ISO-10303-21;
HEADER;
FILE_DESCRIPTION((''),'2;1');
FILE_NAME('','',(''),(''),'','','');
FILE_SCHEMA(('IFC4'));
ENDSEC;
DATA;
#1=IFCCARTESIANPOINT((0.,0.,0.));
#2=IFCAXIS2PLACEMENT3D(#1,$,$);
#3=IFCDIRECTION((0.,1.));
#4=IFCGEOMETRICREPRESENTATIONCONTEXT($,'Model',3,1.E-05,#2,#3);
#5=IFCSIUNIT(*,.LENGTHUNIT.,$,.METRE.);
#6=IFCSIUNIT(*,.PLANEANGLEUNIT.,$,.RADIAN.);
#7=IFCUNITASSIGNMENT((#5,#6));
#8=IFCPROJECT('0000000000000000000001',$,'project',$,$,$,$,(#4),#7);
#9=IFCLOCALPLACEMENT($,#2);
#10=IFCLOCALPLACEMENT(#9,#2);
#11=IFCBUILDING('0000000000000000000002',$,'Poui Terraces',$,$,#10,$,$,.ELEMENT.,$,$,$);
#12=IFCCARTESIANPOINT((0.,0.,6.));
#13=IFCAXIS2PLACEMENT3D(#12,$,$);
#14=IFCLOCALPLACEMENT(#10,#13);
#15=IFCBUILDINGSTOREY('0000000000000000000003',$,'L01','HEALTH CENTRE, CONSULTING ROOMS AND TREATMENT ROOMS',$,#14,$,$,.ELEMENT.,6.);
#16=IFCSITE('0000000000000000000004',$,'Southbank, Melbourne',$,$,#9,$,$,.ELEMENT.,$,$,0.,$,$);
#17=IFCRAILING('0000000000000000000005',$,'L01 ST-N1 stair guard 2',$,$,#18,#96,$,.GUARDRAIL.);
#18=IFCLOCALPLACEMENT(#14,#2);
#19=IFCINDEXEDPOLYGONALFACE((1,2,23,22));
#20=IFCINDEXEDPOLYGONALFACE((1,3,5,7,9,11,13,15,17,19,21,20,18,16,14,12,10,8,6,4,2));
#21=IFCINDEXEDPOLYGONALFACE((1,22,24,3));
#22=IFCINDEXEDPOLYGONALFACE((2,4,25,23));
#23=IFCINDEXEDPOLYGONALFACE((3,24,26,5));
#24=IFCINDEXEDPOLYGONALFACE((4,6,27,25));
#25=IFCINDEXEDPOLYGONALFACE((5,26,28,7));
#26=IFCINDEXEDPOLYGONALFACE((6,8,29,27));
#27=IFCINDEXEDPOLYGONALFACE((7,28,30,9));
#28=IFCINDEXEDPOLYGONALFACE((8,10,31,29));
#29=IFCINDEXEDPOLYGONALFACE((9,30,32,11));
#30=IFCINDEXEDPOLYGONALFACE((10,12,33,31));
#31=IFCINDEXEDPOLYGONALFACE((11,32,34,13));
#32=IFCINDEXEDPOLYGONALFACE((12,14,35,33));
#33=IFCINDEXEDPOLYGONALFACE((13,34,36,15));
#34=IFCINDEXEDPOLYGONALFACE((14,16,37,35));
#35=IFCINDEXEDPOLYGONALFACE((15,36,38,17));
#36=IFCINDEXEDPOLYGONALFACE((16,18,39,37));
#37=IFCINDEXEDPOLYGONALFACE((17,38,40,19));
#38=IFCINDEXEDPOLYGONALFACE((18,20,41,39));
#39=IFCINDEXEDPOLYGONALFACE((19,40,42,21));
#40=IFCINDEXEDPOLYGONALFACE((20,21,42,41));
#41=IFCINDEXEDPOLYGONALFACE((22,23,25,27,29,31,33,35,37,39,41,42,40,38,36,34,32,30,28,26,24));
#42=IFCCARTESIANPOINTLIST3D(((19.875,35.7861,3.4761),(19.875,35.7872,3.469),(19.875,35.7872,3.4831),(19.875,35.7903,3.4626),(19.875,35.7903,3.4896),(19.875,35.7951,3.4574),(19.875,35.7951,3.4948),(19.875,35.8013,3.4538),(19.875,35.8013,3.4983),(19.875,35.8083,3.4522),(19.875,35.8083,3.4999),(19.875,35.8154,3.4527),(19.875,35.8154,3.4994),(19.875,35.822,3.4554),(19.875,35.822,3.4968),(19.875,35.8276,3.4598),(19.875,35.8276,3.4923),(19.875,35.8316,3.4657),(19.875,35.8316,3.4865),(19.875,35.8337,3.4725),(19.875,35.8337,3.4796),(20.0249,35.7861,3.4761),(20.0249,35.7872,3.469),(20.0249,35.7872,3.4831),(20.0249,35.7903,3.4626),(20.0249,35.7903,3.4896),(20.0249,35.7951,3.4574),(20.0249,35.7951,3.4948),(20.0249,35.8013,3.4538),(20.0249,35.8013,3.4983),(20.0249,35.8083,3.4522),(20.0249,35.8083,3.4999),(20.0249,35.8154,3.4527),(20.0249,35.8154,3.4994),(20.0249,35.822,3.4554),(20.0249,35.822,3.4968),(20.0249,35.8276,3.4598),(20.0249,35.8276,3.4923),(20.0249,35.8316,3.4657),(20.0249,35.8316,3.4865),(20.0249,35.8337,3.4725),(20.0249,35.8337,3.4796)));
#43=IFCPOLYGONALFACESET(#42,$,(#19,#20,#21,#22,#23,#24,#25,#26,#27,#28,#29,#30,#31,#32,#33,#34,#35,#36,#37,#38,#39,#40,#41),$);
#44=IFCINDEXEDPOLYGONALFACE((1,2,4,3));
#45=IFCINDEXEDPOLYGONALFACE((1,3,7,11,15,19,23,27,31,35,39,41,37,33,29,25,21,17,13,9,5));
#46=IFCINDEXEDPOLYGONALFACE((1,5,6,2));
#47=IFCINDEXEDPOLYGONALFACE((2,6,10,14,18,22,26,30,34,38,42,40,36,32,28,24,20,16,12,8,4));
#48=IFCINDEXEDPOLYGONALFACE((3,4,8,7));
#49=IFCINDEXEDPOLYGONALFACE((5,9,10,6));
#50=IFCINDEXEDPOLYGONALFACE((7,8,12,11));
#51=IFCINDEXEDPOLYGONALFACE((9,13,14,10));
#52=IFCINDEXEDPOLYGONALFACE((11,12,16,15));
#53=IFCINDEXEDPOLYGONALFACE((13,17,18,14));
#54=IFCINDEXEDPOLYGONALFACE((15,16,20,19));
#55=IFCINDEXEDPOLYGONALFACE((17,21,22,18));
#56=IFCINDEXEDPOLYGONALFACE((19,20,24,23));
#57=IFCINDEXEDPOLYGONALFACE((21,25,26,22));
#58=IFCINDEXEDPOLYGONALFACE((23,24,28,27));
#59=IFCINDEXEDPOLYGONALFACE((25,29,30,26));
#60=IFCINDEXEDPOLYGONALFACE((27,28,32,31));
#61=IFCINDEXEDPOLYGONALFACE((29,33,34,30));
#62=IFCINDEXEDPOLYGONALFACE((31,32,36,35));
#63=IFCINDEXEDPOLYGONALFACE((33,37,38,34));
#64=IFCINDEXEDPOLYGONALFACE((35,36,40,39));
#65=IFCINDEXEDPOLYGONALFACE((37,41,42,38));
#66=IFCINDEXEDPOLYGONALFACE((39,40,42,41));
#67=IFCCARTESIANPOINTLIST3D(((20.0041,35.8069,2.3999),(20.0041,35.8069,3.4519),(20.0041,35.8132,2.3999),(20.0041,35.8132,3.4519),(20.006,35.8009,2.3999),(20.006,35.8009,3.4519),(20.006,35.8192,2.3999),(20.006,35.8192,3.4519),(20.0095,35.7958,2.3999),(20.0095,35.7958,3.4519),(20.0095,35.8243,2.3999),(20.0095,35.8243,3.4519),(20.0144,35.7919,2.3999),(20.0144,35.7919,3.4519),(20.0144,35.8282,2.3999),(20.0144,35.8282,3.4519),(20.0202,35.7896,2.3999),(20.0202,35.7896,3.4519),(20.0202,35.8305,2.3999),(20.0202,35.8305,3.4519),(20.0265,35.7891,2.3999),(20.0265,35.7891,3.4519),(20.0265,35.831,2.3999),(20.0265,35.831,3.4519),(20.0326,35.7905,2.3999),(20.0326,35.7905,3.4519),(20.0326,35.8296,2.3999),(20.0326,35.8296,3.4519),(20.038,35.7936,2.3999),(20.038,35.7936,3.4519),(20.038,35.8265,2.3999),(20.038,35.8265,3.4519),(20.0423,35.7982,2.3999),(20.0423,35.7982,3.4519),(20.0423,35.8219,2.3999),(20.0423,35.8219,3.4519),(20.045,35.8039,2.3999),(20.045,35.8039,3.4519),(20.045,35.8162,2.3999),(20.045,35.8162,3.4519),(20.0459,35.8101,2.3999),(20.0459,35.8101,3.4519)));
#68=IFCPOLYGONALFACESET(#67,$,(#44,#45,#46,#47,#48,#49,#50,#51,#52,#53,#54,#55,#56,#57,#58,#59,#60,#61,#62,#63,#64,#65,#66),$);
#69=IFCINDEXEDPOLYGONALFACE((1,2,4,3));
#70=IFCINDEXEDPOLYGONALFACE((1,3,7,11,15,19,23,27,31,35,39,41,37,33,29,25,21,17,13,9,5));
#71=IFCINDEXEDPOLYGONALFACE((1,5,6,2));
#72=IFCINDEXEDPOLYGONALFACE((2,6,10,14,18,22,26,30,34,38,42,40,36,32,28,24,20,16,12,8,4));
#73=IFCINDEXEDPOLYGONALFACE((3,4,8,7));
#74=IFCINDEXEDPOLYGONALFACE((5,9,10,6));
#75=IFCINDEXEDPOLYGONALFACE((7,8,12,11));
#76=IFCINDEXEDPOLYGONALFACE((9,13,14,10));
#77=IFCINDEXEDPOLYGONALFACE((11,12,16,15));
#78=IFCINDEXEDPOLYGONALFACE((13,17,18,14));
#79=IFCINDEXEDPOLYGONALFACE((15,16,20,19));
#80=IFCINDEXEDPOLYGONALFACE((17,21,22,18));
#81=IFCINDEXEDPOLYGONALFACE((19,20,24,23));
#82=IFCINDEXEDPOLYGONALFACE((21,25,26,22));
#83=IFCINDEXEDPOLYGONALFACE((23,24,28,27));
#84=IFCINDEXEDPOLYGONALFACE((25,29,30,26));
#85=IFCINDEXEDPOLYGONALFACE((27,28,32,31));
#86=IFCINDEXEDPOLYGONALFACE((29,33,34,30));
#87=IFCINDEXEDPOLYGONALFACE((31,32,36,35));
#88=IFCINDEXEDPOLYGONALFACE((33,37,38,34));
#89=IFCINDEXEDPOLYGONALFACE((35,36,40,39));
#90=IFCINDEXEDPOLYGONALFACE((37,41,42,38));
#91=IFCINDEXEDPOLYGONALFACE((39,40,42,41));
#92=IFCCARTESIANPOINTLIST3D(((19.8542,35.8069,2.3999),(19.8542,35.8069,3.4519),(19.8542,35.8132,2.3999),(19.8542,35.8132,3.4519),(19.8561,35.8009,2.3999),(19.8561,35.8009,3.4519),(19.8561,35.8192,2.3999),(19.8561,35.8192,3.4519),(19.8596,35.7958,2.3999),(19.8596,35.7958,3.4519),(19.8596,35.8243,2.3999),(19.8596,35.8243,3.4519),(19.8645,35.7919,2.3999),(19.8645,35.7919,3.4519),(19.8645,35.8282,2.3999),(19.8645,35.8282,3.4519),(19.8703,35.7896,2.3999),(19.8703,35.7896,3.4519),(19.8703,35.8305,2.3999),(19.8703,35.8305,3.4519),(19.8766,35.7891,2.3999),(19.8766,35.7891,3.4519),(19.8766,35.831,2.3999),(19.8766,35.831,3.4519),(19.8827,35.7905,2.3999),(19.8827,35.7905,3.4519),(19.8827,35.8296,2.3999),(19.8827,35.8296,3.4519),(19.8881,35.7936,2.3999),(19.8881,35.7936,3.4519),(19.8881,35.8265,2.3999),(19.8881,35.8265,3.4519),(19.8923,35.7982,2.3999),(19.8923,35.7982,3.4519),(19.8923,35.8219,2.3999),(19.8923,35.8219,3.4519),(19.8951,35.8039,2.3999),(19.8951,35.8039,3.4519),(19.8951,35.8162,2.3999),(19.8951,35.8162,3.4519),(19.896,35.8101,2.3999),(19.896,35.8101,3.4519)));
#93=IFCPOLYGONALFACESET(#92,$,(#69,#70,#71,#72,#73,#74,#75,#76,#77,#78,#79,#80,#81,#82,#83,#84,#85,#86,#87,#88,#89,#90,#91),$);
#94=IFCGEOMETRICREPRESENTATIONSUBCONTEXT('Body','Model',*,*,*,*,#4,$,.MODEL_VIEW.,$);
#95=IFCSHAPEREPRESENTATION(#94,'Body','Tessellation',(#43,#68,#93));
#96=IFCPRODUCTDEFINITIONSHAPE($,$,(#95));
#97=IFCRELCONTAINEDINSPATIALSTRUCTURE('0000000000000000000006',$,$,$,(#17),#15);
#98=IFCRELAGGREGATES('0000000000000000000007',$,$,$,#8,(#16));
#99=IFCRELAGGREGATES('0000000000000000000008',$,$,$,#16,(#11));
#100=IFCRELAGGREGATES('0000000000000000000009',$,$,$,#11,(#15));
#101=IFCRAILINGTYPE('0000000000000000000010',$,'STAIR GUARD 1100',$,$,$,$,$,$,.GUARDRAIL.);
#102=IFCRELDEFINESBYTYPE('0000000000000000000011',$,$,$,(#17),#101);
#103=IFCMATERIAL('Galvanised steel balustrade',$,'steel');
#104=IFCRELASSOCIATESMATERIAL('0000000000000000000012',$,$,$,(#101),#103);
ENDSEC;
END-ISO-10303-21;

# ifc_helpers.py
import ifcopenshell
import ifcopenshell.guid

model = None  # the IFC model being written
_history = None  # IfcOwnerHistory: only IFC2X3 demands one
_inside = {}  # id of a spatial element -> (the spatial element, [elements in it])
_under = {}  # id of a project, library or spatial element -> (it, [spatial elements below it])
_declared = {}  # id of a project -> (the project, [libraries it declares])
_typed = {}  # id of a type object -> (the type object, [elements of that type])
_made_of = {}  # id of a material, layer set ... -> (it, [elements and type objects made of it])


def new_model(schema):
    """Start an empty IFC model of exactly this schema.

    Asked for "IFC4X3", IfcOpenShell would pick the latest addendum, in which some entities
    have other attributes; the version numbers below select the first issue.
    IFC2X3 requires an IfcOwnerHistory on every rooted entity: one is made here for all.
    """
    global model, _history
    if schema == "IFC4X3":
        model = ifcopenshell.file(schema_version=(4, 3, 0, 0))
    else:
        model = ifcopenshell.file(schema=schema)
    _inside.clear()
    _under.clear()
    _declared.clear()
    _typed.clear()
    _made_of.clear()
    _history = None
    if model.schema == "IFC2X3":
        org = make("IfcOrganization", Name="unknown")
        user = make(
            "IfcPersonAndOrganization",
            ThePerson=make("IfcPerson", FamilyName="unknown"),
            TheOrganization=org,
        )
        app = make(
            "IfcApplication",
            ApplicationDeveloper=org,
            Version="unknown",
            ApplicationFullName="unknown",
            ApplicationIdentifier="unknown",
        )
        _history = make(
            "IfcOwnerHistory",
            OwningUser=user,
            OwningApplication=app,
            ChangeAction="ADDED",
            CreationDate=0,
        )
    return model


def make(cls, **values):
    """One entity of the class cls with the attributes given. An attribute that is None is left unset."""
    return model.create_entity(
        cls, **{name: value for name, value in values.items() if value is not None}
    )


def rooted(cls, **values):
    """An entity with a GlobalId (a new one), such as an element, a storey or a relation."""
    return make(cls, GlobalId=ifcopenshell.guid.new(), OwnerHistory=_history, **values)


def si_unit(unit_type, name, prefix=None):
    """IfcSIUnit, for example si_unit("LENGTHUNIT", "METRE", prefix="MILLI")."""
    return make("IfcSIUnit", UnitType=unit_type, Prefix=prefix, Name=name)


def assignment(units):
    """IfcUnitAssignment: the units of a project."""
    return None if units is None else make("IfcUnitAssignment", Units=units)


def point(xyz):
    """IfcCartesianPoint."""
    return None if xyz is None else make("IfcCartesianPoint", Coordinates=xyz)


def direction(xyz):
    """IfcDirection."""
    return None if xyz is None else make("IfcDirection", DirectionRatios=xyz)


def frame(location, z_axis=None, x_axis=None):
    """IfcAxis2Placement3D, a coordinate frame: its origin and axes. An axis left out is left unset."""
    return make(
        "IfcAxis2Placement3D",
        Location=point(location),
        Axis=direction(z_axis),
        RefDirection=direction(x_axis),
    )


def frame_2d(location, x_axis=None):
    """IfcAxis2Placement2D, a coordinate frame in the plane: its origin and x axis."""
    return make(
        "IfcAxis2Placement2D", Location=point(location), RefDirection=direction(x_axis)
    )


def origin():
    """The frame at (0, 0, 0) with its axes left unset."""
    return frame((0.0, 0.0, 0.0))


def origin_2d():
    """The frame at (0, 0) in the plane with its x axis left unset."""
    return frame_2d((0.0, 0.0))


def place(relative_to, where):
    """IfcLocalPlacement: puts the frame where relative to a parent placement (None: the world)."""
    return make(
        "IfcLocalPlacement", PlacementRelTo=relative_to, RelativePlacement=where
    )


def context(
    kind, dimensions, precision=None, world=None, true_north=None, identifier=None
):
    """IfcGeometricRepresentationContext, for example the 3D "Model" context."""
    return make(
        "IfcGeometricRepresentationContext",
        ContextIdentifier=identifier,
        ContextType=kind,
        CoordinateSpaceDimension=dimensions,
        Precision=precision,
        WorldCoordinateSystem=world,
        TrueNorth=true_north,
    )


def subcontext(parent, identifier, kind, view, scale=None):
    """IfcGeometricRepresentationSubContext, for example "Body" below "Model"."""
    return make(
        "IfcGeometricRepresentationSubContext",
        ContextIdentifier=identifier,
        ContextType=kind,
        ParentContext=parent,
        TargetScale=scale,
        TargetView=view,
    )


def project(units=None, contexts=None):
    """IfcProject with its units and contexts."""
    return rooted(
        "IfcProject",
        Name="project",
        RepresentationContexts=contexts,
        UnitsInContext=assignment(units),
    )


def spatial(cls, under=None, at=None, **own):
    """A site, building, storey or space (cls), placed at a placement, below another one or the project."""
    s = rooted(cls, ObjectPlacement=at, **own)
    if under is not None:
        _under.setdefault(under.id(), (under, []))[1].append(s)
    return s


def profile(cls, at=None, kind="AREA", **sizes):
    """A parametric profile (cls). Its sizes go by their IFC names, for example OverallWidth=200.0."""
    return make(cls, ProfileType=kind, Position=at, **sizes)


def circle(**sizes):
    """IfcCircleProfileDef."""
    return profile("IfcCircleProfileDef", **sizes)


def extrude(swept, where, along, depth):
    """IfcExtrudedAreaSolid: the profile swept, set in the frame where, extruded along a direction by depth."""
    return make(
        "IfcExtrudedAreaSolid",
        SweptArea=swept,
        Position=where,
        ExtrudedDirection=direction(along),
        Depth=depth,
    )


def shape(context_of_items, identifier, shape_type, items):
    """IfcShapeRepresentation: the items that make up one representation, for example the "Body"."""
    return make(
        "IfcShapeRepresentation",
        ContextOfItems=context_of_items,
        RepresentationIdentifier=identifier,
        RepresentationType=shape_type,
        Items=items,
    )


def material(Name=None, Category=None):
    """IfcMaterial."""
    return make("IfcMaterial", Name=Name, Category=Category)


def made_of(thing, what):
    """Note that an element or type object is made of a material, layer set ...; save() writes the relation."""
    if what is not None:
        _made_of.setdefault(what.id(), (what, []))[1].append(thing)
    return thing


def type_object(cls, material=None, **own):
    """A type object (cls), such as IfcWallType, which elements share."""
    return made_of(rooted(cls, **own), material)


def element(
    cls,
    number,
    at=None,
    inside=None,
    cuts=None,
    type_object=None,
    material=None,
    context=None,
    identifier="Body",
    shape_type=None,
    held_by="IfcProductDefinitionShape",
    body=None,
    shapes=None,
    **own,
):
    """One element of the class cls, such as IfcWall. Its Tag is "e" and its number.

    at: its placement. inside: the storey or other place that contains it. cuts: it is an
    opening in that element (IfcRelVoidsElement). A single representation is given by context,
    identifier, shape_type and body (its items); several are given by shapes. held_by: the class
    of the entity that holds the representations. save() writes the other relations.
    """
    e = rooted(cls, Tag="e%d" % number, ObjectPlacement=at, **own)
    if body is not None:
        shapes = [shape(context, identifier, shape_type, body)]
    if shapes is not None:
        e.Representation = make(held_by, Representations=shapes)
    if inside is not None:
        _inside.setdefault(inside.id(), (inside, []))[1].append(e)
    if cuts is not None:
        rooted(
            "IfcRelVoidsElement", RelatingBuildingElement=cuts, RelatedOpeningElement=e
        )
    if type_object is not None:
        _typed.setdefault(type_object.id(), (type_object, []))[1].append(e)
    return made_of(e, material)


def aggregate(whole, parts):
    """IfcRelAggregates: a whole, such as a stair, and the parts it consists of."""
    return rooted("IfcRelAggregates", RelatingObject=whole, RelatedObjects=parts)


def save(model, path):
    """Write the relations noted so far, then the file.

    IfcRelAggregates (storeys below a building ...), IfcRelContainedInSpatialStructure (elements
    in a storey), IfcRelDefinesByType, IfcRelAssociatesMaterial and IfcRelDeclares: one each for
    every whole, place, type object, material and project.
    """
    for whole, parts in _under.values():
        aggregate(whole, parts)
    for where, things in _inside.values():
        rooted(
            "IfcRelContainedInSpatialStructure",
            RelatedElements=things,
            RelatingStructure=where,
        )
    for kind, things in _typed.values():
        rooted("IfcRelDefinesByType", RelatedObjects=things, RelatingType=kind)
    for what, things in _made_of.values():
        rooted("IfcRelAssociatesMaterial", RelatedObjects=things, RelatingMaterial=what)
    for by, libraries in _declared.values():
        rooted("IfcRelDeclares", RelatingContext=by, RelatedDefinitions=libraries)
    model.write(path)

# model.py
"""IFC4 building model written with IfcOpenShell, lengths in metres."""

from ifc_helpers import new_model, si_unit, direction, frame, origin, origin_2d, place, context, subcontext, project, spatial, circle, extrude, material, type_object, element, save


model = new_model("IFC4")

# Units and contexts
model_context = context("Model", 3, precision=1e-05, world=origin(), true_north=direction((0.0, 1.0)))
body_context = subcontext(model_context, "Body", "Model", "MODEL_VIEW")
ifc_project = project(units=[si_unit("LENGTHUNIT", "METRE"), si_unit("PLANEANGLEUNIT", "RADIAN")], contexts=[model_context])

# Site, building, storey
site_placement = place(None, origin())
site = spatial("IfcSite", under=ifc_project, at=site_placement, Name="Southbank, Melbourne", CompositionType="ELEMENT", RefElevation=0.0)
building_placement = place(site_placement, origin())
building = spatial("IfcBuilding", under=site, at=building_placement, Name="Poui Terraces", CompositionType="ELEMENT")
storey_placement = place(building_placement, frame((0.0, 0.0, 6.0)))
storey = spatial("IfcBuildingStorey", under=building, at=storey_placement, Name="L01", Description="HEALTH CENTRE, CONSULTING ROOMS AND TREATMENT ROOMS", CompositionType="ELEMENT", Elevation=6.0)

# Railing
ifc_material_1 = material(Name="Galvanised steel balustrade", Category="steel")
railing_type_1 = type_object("IfcRailingType", Name="STAIR GUARD 1100", PredefinedType="GUARDRAIL", material=ifc_material_1)
railing_1_placement = place(storey_placement, frame((20.0249, 35.8101, 2.3999)))
element("IfcRailing", 1, at=railing_1_placement, inside=storey, type_object=railing_type_1, Name="L01 ST-N1 stair guard 2", PredefinedType="GUARDRAIL", context=body_context, shape_type="SweptSolid", body=[
    extrude(circle(Radius=0.0239, at=origin_2d()), frame((0.0, 0.0, 1.0762), z_axis=(-1.0, 0.0, 0.0), x_axis=(0.0, -1.0, 0.0)), (0.0, 0.0, 1.0), 0.1499),
    extrude(circle(Radius=0.021, at=origin_2d()), origin(), (0.0, 0.0, 1.0), 1.052),
    extrude(circle(Radius=0.021, at=origin_2d()), frame((-0.1499, 0.0, 0.0)), (0.0, 0.0, 1.0), 1.052),
])

save(model, "model.ifc")
